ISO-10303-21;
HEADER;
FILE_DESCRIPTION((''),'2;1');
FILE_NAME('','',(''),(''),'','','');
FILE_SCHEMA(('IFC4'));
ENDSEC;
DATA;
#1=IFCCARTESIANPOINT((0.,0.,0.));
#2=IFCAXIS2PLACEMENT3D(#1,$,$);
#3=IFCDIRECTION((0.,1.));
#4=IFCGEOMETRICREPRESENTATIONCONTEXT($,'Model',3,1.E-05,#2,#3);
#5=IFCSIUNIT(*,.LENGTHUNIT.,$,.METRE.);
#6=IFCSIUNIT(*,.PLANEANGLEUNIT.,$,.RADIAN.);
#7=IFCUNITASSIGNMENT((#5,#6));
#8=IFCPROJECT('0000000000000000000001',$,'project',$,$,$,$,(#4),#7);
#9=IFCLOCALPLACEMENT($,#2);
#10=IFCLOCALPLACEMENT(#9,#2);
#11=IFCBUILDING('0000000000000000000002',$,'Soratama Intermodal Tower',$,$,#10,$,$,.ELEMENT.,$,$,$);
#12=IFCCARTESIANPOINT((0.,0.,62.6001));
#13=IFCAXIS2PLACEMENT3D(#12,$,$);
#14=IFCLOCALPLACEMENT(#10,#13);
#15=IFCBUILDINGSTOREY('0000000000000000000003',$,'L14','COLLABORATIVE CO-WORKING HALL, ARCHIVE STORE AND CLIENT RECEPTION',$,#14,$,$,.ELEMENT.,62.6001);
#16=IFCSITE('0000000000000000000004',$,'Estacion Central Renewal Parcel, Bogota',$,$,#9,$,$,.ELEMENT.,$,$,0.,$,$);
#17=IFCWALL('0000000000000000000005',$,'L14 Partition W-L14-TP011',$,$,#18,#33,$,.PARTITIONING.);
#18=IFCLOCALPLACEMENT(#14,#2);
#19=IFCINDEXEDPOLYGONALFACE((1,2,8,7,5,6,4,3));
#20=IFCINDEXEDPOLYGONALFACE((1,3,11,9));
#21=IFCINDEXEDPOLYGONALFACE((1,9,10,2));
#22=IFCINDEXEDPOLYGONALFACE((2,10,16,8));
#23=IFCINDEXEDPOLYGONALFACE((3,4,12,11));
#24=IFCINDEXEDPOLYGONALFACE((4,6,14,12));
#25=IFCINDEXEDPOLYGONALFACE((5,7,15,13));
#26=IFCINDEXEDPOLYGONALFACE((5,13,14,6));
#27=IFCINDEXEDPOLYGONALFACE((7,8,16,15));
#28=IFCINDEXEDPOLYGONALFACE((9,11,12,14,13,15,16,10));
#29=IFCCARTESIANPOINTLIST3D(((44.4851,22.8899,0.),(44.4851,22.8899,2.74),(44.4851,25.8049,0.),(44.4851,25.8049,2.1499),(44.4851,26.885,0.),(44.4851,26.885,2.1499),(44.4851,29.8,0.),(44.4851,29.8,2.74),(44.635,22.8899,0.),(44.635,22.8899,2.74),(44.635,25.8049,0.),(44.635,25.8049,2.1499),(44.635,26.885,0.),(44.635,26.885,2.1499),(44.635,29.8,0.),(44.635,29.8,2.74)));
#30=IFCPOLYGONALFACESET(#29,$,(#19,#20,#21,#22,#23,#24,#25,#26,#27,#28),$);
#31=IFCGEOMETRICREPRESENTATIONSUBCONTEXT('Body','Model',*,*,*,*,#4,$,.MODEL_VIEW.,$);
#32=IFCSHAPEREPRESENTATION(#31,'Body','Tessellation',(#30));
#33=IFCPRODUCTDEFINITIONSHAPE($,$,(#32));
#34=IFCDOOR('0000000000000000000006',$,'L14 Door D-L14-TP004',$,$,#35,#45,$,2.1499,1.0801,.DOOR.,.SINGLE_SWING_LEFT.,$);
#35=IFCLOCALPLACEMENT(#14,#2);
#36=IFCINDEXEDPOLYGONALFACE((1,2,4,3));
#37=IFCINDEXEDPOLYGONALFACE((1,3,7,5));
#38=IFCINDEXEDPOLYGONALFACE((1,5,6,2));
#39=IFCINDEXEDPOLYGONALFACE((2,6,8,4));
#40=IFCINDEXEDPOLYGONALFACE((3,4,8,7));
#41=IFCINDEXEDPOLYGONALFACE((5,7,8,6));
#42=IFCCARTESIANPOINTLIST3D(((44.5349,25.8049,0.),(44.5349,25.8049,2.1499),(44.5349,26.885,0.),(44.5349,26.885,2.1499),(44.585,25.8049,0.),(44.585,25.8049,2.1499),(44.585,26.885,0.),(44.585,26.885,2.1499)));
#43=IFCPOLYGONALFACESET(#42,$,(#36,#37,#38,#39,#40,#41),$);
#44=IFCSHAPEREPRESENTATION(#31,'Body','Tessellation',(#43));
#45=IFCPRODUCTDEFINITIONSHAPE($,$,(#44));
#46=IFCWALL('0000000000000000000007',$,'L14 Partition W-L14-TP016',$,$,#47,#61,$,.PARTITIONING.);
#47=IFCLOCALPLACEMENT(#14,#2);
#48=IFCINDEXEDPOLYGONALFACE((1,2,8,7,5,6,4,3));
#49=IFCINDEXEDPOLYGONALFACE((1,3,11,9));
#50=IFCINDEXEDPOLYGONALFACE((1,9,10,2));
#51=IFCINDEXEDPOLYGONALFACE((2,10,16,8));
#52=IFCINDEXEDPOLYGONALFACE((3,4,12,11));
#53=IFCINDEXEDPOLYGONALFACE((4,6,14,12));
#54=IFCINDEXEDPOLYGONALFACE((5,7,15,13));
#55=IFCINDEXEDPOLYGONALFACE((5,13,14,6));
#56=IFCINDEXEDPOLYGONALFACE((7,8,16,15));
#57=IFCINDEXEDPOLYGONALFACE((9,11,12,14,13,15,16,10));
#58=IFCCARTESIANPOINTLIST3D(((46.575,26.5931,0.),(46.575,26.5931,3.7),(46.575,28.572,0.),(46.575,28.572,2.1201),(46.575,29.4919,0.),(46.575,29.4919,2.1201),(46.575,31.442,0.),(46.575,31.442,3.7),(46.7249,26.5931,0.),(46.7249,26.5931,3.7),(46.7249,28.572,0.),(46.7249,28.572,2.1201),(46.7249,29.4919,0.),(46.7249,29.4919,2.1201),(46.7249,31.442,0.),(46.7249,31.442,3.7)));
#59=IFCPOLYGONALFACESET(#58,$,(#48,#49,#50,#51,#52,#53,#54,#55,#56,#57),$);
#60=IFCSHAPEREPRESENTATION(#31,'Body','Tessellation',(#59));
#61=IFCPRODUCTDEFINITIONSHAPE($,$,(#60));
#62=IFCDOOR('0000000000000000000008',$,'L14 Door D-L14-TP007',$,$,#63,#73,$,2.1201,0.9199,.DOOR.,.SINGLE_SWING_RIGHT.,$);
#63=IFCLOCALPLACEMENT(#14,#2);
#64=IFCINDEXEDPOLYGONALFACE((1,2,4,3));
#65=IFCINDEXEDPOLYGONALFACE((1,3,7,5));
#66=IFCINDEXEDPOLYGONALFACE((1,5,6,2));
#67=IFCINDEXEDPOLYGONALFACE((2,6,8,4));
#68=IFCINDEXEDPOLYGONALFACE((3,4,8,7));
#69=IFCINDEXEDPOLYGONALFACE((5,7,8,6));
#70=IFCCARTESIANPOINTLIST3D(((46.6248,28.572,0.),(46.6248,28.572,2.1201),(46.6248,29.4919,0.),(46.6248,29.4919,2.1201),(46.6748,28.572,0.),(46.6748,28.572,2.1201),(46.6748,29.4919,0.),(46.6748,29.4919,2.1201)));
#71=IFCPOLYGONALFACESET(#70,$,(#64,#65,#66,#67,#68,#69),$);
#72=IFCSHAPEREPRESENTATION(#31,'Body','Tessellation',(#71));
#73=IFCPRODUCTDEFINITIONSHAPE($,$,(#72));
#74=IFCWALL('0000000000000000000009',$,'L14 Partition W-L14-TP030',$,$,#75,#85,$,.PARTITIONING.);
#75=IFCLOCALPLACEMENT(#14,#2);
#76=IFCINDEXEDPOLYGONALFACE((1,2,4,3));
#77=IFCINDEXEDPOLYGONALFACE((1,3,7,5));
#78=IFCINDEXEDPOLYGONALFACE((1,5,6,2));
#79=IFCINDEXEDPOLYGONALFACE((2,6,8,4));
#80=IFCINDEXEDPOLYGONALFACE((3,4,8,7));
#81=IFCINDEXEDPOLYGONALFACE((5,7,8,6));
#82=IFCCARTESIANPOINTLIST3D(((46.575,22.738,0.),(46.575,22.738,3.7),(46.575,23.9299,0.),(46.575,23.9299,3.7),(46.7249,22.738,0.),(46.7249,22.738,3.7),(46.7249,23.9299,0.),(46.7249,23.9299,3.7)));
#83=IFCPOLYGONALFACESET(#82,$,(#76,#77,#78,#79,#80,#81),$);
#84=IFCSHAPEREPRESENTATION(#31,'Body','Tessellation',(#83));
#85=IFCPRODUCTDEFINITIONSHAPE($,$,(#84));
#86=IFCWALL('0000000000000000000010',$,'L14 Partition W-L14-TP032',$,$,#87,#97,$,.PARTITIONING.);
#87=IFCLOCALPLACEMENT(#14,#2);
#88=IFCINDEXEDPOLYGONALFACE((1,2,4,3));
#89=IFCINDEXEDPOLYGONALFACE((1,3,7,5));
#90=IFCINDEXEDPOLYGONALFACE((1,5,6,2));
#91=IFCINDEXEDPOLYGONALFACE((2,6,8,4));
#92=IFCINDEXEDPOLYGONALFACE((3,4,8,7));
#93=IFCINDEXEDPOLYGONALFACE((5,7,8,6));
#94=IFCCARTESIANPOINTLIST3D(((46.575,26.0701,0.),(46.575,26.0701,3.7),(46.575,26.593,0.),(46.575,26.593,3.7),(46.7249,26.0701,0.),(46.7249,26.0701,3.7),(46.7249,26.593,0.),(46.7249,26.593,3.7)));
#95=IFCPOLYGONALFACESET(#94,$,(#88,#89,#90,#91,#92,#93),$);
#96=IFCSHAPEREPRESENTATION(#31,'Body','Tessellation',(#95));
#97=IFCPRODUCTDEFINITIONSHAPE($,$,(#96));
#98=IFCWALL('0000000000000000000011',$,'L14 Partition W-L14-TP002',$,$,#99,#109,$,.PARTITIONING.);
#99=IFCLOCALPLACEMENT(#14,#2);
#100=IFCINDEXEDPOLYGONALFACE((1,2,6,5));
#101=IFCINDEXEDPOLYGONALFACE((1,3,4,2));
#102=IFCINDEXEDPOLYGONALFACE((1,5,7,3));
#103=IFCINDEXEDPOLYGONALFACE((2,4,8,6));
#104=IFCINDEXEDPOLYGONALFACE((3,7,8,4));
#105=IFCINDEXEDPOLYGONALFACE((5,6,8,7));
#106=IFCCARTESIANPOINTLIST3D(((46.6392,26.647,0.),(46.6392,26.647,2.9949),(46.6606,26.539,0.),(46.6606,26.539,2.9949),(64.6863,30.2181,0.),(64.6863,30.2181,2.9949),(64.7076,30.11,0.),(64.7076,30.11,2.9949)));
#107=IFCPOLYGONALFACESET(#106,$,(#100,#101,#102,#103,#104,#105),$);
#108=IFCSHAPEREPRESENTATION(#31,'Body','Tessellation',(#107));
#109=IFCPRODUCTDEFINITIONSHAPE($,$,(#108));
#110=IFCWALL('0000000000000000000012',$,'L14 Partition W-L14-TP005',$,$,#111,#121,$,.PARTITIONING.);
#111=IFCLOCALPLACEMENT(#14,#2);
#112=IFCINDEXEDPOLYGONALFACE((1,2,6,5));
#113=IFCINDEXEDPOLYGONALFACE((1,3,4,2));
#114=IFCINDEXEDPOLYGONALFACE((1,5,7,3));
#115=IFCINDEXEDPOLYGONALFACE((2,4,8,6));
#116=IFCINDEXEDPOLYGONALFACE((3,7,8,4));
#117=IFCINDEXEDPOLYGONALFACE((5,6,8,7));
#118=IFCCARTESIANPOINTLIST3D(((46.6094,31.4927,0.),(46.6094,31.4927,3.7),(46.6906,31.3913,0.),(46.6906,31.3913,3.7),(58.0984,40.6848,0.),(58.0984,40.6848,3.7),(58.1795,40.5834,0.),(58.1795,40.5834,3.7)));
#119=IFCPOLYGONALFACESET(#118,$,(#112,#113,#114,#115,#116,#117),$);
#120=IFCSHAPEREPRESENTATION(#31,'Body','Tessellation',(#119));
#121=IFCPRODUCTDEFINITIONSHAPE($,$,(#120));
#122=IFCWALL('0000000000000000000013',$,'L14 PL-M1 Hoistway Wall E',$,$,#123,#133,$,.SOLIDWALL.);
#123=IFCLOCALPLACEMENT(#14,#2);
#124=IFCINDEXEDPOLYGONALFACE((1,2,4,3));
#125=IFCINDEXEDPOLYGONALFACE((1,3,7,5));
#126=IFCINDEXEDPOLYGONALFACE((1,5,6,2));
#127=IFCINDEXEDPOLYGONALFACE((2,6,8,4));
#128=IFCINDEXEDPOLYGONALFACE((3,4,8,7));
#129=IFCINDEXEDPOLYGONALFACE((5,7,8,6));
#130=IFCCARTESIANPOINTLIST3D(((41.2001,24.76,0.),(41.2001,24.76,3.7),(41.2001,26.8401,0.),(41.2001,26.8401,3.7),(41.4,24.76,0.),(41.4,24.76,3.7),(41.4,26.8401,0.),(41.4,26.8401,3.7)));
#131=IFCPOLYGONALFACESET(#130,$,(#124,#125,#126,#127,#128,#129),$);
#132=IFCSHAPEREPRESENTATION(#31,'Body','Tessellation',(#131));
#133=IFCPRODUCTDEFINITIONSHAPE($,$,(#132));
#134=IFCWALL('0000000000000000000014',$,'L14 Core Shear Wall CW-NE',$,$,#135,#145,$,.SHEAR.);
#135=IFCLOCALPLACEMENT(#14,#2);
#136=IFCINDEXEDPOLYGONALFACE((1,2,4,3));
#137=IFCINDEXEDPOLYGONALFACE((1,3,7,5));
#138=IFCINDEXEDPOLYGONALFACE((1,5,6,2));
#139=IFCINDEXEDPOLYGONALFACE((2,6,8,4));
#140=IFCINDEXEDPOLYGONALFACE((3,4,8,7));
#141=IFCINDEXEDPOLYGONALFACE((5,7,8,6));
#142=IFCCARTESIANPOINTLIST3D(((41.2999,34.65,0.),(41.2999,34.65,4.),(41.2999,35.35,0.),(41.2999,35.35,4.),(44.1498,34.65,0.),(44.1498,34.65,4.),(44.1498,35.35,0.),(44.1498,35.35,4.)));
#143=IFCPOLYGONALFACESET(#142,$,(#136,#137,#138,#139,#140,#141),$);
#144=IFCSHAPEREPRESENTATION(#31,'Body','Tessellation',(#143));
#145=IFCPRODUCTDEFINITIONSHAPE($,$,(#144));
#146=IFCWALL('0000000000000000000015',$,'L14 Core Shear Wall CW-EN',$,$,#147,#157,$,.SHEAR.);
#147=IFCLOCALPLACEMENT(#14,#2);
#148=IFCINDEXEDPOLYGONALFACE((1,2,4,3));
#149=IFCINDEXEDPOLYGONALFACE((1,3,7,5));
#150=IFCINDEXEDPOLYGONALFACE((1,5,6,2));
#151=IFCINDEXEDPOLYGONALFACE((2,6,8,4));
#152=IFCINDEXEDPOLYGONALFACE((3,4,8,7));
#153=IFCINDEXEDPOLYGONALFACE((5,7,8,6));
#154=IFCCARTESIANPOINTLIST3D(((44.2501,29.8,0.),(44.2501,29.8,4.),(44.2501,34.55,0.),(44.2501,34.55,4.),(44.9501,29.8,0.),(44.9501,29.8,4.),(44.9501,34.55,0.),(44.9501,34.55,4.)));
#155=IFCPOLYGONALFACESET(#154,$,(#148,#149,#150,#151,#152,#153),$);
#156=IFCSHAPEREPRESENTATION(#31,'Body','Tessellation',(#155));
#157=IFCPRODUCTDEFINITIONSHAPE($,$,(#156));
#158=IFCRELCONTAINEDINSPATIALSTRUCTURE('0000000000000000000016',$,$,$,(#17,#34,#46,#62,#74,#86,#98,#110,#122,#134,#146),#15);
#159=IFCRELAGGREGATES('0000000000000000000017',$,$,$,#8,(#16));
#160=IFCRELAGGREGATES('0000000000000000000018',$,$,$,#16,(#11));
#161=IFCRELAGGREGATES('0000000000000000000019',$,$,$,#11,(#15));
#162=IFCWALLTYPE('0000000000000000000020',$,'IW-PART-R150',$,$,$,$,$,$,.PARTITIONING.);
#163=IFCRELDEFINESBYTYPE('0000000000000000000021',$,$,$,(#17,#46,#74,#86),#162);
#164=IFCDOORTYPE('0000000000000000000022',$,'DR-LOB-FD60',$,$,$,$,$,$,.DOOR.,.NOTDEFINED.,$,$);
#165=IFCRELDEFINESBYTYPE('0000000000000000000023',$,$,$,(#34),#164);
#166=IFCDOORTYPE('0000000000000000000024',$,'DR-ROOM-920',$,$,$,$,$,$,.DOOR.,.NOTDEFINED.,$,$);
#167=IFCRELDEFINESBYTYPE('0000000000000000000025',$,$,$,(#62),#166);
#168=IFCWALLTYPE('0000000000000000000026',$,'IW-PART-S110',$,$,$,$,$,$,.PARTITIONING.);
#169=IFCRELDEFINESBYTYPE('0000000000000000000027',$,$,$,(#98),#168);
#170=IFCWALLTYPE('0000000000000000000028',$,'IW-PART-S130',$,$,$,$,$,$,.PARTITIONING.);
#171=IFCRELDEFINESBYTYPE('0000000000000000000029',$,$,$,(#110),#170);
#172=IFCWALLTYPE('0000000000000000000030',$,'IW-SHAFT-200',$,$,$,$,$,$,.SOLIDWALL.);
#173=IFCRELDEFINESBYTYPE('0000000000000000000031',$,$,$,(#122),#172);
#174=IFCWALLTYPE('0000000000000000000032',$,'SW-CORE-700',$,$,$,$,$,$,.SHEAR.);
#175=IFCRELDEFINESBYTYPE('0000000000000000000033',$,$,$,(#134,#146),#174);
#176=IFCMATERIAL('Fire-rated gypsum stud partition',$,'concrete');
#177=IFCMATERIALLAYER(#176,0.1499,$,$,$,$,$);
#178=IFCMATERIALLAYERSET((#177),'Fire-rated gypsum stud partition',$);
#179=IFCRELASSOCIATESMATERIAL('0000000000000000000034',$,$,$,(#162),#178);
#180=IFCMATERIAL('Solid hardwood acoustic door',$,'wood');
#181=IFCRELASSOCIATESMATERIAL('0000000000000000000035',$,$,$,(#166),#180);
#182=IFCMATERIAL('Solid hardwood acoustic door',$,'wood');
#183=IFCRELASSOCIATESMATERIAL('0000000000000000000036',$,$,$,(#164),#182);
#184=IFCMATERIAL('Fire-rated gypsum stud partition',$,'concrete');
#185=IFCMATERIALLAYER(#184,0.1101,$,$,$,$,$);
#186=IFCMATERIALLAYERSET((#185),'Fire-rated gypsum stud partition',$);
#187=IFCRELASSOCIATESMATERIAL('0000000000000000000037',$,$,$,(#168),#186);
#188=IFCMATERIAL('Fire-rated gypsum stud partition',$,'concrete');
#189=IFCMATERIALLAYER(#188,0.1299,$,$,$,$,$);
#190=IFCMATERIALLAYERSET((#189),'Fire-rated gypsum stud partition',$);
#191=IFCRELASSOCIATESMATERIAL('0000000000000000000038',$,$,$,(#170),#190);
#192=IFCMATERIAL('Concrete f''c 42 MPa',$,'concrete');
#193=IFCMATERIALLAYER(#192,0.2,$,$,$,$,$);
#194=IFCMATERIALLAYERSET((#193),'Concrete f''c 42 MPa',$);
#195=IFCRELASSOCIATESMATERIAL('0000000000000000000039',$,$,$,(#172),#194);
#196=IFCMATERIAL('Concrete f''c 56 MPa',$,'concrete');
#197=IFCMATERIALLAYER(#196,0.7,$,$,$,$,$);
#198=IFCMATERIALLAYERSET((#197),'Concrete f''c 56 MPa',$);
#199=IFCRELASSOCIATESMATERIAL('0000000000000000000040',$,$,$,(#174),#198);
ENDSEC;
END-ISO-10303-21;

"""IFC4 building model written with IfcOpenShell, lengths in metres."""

from ifc_helpers import new_model, si_unit, direction, frame, frame_2d, origin, place, context, subcontext, project, spatial, rectangle, extrude, material, layer, layer_set, type_object, element, fill, save


model = new_model("IFC4")

# Units and contexts
model_context = context("Model", 3, precision=1e-05, world=origin(), true_north=direction((0.0, 1.0)))
body_context = subcontext(model_context, "Body", "Model", "MODEL_VIEW")
ifc_project = project(units=[si_unit("LENGTHUNIT", "METRE"), si_unit("PLANEANGLEUNIT", "RADIAN")], contexts=[model_context])

# Site, building, storey
site_placement = place(None, origin())
site = spatial("IfcSite", under=ifc_project, at=site_placement, Name="Estacion Central Renewal Parcel, Bogota", CompositionType="ELEMENT", RefElevation=0.0)
building_placement = place(site_placement, origin())
building = spatial("IfcBuilding", under=site, at=building_placement, Name="Soratama Intermodal Tower", CompositionType="ELEMENT")
storey_placement = place(building_placement, frame((0.0, 0.0, 62.6001)))
storey = spatial("IfcBuildingStorey", under=building, at=storey_placement, Name="L14", Description="COLLABORATIVE CO-WORKING HALL, ARCHIVE STORE AND CLIENT RECEPTION", CompositionType="ELEMENT", Elevation=62.6001)

# Walls, openings, doors
ifc_material_1 = material(Name="Fire-rated gypsum stud partition", Category="concrete")
ifc_layer_1 = layer(ifc_material_1, 0.1499)
ifc_layer_set_1 = layer_set([ifc_layer_1], Name="Fire-rated gypsum stud partition")
wall_type_1 = type_object("IfcWallType", Name="IW-PART-R150", PredefinedType="PARTITIONING", material=ifc_layer_set_1)
ifc_material_2 = material(Name="Solid hardwood acoustic door", Category="wood")
door_type_1 = type_object("IfcDoorType", Name="DR-ROOM-920", OperationType="NOTDEFINED", PredefinedType="DOOR", material=ifc_material_2)
wall_1_placement = place(storey_placement, frame((44.5601, 29.8, 0.0), z_axis=(0.0, 0.0, 1.0), x_axis=(0.0, -1.0, 0.0)))
wall_1 = element("IfcWall", 1, at=wall_1_placement, inside=storey, type_object=wall_type_1, Name="L14 Partition W-L14-TP011", PredefinedType="PARTITIONING", context=body_context, shape_type="SweptSolid", body=[
    extrude(rectangle(XDim=6.9102, YDim=0.1499, at=frame_2d((3.4551, 0.0))), origin(), (0.0, 0.0, 1.0), 2.74),
])
opening_1_placement = place(wall_1_placement, frame((2.915, 0.0, 0.0)))
opening_1 = element("IfcOpeningElement", 2, at=opening_1_placement, cuts=wall_1, PredefinedType="OPENING", context=body_context, shape_type="SweptSolid", body=[
    extrude(rectangle(XDim=1.0801, YDim=2.1499, at=frame_2d((0.54, 1.075))), frame((0.0, 0.085, 0.0), z_axis=(0.0, -1.0, 0.0), x_axis=(1.0, 0.0, 0.0)), (0.0, 0.0, 1.0), 0.1699),
])
ifc_material_3 = material(Name="Solid hardwood acoustic door", Category="wood")
door_type_2 = type_object("IfcDoorType", Name="DR-LOB-FD60", OperationType="NOTDEFINED", PredefinedType="DOOR", material=ifc_material_3)
door_1_placement = place(opening_1_placement, origin())
door_1 = element("IfcDoor", 3, at=door_1_placement, inside=storey, type_object=door_type_2, Name="L14 Door D-L14-TP004", OperationType="SINGLE_SWING_LEFT", OverallHeight=2.1499, OverallWidth=1.0801, PredefinedType="DOOR", context=body_context, shape_type="SweptSolid", body=[
    extrude(rectangle(XDim=1.0801, YDim=2.1499, at=frame_2d((0.54, 1.075))), frame((0.0, 0.0249, 0.0), z_axis=(0.0, -1.0, 0.0), x_axis=(1.0, 0.0, 0.0)), (0.0, 0.0, 1.0), 0.05),
])
fill(opening_1, door_1)
wall_2_placement = place(storey_placement, frame((46.6499, 31.4419, 0.0), z_axis=(0.0, 0.0, 1.0), x_axis=(0.0, -1.0, 0.0)))
wall_2 = element("IfcWall", 4, at=wall_2_placement, inside=storey, type_object=wall_type_1, Name="L14 Partition W-L14-TP016", PredefinedType="PARTITIONING", context=body_context, shape_type="SweptSolid", body=[
    extrude(rectangle(XDim=4.8489, YDim=0.1499, at=frame_2d((2.4243, 0.0))), origin(), (0.0, 0.0, 1.0), 3.7),
])
opening_2_placement = place(wall_2_placement, frame((1.95, 0.0, 0.0)))
opening_2 = element("IfcOpeningElement", 5, at=opening_2_placement, cuts=wall_2, PredefinedType="OPENING", context=body_context, shape_type="SweptSolid", body=[
    extrude(rectangle(XDim=0.9199, YDim=2.1201, at=frame_2d((0.46, 1.0601))), frame((0.0, 0.085, 0.0), z_axis=(0.0, -1.0, 0.0), x_axis=(1.0, 0.0, 0.0)), (0.0, 0.0, 1.0), 0.1699),
])
door_2_placement = place(opening_2_placement, origin())
door_2 = element("IfcDoor", 6, at=door_2_placement, inside=storey, type_object=door_type_1, Name="L14 Door D-L14-TP007", OperationType="SINGLE_SWING_RIGHT", OverallHeight=2.1201, OverallWidth=0.9199, PredefinedType="DOOR", context=body_context, shape_type="SweptSolid", body=[
    extrude(rectangle(XDim=0.9199, YDim=2.1201, at=frame_2d((0.46, 1.0601))), frame((0.0, 0.0249, 0.0), z_axis=(0.0, -1.0, 0.0), x_axis=(1.0, 0.0, 0.0)), (0.0, 0.0, 1.0), 0.05),
])
fill(opening_2, door_2)

# Walls
wall_3_placement = place(storey_placement, frame((46.6499, 23.9299, 0.0), z_axis=(0.0, 0.0, 1.0), x_axis=(0.0, -1.0, 0.0)))
element("IfcWall", 7, at=wall_3_placement, inside=storey, type_object=wall_type_1, Name="L14 Partition W-L14-TP030", PredefinedType="PARTITIONING", context=body_context, shape_type="SweptSolid", body=[
    extrude(rectangle(XDim=1.1919, YDim=0.1499, at=frame_2d((0.5959, 0.0))), origin(), (0.0, 0.0, 1.0), 3.7),
])
wall_4_placement = place(storey_placement, frame((46.6499, 26.593, 0.0), z_axis=(0.0, 0.0, 1.0), x_axis=(0.0, -1.0, 0.0)))
element("IfcWall", 8, at=wall_4_placement, inside=storey, type_object=wall_type_1, Name="L14 Partition W-L14-TP032", PredefinedType="PARTITIONING", context=body_context, shape_type="SweptSolid", body=[
    extrude(rectangle(XDim=0.5229, YDim=0.1499, at=frame_2d((0.2615, 0.0))), origin(), (0.0, 0.0, 1.0), 3.7),
])
ifc_material_4 = material(Name="Fire-rated gypsum stud partition", Category="concrete")
ifc_layer_2 = layer(ifc_material_4, 0.1101)
ifc_layer_set_2 = layer_set([ifc_layer_2], Name="Fire-rated gypsum stud partition")
wall_type_2 = type_object("IfcWallType", Name="IW-PART-S110", PredefinedType="PARTITIONING", material=ifc_layer_set_2)
wall_5_placement = place(storey_placement, frame((46.6499, 26.593, 0.0), z_axis=(0.0, 0.0, 1.0), x_axis=(0.98098, 0.19411, 0.0)))
element("IfcWall", 9, at=wall_5_placement, inside=storey, type_object=wall_type_2, Name="L14 Partition W-L14-TP002", PredefinedType="PARTITIONING", context=body_context, shape_type="SweptSolid", body=[
    extrude(rectangle(XDim=18.397, YDim=0.1101, at=frame_2d((9.1985, 0.0))), origin(), (0.0, 0.0, 1.0), 2.9949),
])
ifc_material_5 = material(Name="Fire-rated gypsum stud partition", Category="concrete")
ifc_layer_3 = layer(ifc_material_5, 0.1299)
ifc_layer_set_3 = layer_set([ifc_layer_3], Name="Fire-rated gypsum stud partition")
wall_type_3 = type_object("IfcWallType", Name="IW-PART-S130", PredefinedType="PARTITIONING", material=ifc_layer_set_3)
wall_6_placement = place(storey_placement, frame((46.6499, 31.4419, 0.0), z_axis=(0.0, 0.0, 1.0), x_axis=(0.780838, 0.624733, 0.0)))
element("IfcWall", 10, at=wall_6_placement, inside=storey, type_object=wall_type_3, Name="L14 Partition W-L14-TP005", PredefinedType="PARTITIONING", context=body_context, shape_type="SweptSolid", body=[
    extrude(rectangle(XDim=14.7136, YDim=0.1299, at=frame_2d((7.3569, 0.0))), origin(), (0.0, 0.0, 1.0), 3.7),
])
ifc_material_6 = material(Name="Concrete f'c 42 MPa", Category="concrete")
ifc_layer_4 = layer(ifc_material_6, 0.2)
ifc_layer_set_4 = layer_set([ifc_layer_4], Name="Concrete f'c 42 MPa")
wall_type_4 = type_object("IfcWallType", Name="IW-SHAFT-200", PredefinedType="SOLIDWALL", material=ifc_layer_set_4)
wall_7_placement = place(storey_placement, frame((41.3, 24.76, 0.0), z_axis=(0.0, 0.0, 1.0), x_axis=(0.0, 1.0, 0.0)))
element("IfcWall", 11, at=wall_7_placement, inside=storey, type_object=wall_type_4, Name="L14 PL-M1 Hoistway Wall E", PredefinedType="SOLIDWALL", context=body_context, shape_type="SweptSolid", body=[
    extrude(rectangle(XDim=2.0801, YDim=0.2, at=frame_2d((1.04, 0.0))), origin(), (0.0, 0.0, 1.0), 3.7),
])
ifc_material_7 = material(Name="Concrete f'c 56 MPa", Category="concrete")
ifc_layer_5 = layer(ifc_material_7, 0.7)
ifc_layer_set_5 = layer_set([ifc_layer_5], Name="Concrete f'c 56 MPa")
wall_type_5 = type_object("IfcWallType", Name="SW-CORE-700", PredefinedType="SHEAR", material=ifc_layer_set_5)
wall_8_placement = place(storey_placement, frame((41.3, 35.0, 0.0), z_axis=(0.0, 0.0, 1.0), x_axis=(1.0, 0.0, 0.0)))
element("IfcWall", 12, at=wall_8_placement, inside=storey, type_object=wall_type_5, Name="L14 Core Shear Wall CW-NE", PredefinedType="SHEAR", context=body_context, shape_type="SweptSolid", body=[
    extrude(rectangle(XDim=2.8499, YDim=0.7, at=frame_2d((1.4248, 0.0))), origin(), (0.0, 0.0, 1.0), 4.0),
])
wall_9_placement = place(storey_placement, frame((44.6001, 29.8, 0.0), z_axis=(0.0, 0.0, 1.0), x_axis=(0.0, 1.0, 0.0)))
element("IfcWall", 13, at=wall_9_placement, inside=storey, type_object=wall_type_5, Name="L14 Core Shear Wall CW-EN", PredefinedType="SHEAR", context=body_context, shape_type="SweptSolid", body=[
    extrude(rectangle(XDim=4.75, YDim=0.7, at=frame_2d((2.375, 0.0))), origin(), (0.0, 0.0, 1.0), 4.0),
])

save(model, "model.ifc")
